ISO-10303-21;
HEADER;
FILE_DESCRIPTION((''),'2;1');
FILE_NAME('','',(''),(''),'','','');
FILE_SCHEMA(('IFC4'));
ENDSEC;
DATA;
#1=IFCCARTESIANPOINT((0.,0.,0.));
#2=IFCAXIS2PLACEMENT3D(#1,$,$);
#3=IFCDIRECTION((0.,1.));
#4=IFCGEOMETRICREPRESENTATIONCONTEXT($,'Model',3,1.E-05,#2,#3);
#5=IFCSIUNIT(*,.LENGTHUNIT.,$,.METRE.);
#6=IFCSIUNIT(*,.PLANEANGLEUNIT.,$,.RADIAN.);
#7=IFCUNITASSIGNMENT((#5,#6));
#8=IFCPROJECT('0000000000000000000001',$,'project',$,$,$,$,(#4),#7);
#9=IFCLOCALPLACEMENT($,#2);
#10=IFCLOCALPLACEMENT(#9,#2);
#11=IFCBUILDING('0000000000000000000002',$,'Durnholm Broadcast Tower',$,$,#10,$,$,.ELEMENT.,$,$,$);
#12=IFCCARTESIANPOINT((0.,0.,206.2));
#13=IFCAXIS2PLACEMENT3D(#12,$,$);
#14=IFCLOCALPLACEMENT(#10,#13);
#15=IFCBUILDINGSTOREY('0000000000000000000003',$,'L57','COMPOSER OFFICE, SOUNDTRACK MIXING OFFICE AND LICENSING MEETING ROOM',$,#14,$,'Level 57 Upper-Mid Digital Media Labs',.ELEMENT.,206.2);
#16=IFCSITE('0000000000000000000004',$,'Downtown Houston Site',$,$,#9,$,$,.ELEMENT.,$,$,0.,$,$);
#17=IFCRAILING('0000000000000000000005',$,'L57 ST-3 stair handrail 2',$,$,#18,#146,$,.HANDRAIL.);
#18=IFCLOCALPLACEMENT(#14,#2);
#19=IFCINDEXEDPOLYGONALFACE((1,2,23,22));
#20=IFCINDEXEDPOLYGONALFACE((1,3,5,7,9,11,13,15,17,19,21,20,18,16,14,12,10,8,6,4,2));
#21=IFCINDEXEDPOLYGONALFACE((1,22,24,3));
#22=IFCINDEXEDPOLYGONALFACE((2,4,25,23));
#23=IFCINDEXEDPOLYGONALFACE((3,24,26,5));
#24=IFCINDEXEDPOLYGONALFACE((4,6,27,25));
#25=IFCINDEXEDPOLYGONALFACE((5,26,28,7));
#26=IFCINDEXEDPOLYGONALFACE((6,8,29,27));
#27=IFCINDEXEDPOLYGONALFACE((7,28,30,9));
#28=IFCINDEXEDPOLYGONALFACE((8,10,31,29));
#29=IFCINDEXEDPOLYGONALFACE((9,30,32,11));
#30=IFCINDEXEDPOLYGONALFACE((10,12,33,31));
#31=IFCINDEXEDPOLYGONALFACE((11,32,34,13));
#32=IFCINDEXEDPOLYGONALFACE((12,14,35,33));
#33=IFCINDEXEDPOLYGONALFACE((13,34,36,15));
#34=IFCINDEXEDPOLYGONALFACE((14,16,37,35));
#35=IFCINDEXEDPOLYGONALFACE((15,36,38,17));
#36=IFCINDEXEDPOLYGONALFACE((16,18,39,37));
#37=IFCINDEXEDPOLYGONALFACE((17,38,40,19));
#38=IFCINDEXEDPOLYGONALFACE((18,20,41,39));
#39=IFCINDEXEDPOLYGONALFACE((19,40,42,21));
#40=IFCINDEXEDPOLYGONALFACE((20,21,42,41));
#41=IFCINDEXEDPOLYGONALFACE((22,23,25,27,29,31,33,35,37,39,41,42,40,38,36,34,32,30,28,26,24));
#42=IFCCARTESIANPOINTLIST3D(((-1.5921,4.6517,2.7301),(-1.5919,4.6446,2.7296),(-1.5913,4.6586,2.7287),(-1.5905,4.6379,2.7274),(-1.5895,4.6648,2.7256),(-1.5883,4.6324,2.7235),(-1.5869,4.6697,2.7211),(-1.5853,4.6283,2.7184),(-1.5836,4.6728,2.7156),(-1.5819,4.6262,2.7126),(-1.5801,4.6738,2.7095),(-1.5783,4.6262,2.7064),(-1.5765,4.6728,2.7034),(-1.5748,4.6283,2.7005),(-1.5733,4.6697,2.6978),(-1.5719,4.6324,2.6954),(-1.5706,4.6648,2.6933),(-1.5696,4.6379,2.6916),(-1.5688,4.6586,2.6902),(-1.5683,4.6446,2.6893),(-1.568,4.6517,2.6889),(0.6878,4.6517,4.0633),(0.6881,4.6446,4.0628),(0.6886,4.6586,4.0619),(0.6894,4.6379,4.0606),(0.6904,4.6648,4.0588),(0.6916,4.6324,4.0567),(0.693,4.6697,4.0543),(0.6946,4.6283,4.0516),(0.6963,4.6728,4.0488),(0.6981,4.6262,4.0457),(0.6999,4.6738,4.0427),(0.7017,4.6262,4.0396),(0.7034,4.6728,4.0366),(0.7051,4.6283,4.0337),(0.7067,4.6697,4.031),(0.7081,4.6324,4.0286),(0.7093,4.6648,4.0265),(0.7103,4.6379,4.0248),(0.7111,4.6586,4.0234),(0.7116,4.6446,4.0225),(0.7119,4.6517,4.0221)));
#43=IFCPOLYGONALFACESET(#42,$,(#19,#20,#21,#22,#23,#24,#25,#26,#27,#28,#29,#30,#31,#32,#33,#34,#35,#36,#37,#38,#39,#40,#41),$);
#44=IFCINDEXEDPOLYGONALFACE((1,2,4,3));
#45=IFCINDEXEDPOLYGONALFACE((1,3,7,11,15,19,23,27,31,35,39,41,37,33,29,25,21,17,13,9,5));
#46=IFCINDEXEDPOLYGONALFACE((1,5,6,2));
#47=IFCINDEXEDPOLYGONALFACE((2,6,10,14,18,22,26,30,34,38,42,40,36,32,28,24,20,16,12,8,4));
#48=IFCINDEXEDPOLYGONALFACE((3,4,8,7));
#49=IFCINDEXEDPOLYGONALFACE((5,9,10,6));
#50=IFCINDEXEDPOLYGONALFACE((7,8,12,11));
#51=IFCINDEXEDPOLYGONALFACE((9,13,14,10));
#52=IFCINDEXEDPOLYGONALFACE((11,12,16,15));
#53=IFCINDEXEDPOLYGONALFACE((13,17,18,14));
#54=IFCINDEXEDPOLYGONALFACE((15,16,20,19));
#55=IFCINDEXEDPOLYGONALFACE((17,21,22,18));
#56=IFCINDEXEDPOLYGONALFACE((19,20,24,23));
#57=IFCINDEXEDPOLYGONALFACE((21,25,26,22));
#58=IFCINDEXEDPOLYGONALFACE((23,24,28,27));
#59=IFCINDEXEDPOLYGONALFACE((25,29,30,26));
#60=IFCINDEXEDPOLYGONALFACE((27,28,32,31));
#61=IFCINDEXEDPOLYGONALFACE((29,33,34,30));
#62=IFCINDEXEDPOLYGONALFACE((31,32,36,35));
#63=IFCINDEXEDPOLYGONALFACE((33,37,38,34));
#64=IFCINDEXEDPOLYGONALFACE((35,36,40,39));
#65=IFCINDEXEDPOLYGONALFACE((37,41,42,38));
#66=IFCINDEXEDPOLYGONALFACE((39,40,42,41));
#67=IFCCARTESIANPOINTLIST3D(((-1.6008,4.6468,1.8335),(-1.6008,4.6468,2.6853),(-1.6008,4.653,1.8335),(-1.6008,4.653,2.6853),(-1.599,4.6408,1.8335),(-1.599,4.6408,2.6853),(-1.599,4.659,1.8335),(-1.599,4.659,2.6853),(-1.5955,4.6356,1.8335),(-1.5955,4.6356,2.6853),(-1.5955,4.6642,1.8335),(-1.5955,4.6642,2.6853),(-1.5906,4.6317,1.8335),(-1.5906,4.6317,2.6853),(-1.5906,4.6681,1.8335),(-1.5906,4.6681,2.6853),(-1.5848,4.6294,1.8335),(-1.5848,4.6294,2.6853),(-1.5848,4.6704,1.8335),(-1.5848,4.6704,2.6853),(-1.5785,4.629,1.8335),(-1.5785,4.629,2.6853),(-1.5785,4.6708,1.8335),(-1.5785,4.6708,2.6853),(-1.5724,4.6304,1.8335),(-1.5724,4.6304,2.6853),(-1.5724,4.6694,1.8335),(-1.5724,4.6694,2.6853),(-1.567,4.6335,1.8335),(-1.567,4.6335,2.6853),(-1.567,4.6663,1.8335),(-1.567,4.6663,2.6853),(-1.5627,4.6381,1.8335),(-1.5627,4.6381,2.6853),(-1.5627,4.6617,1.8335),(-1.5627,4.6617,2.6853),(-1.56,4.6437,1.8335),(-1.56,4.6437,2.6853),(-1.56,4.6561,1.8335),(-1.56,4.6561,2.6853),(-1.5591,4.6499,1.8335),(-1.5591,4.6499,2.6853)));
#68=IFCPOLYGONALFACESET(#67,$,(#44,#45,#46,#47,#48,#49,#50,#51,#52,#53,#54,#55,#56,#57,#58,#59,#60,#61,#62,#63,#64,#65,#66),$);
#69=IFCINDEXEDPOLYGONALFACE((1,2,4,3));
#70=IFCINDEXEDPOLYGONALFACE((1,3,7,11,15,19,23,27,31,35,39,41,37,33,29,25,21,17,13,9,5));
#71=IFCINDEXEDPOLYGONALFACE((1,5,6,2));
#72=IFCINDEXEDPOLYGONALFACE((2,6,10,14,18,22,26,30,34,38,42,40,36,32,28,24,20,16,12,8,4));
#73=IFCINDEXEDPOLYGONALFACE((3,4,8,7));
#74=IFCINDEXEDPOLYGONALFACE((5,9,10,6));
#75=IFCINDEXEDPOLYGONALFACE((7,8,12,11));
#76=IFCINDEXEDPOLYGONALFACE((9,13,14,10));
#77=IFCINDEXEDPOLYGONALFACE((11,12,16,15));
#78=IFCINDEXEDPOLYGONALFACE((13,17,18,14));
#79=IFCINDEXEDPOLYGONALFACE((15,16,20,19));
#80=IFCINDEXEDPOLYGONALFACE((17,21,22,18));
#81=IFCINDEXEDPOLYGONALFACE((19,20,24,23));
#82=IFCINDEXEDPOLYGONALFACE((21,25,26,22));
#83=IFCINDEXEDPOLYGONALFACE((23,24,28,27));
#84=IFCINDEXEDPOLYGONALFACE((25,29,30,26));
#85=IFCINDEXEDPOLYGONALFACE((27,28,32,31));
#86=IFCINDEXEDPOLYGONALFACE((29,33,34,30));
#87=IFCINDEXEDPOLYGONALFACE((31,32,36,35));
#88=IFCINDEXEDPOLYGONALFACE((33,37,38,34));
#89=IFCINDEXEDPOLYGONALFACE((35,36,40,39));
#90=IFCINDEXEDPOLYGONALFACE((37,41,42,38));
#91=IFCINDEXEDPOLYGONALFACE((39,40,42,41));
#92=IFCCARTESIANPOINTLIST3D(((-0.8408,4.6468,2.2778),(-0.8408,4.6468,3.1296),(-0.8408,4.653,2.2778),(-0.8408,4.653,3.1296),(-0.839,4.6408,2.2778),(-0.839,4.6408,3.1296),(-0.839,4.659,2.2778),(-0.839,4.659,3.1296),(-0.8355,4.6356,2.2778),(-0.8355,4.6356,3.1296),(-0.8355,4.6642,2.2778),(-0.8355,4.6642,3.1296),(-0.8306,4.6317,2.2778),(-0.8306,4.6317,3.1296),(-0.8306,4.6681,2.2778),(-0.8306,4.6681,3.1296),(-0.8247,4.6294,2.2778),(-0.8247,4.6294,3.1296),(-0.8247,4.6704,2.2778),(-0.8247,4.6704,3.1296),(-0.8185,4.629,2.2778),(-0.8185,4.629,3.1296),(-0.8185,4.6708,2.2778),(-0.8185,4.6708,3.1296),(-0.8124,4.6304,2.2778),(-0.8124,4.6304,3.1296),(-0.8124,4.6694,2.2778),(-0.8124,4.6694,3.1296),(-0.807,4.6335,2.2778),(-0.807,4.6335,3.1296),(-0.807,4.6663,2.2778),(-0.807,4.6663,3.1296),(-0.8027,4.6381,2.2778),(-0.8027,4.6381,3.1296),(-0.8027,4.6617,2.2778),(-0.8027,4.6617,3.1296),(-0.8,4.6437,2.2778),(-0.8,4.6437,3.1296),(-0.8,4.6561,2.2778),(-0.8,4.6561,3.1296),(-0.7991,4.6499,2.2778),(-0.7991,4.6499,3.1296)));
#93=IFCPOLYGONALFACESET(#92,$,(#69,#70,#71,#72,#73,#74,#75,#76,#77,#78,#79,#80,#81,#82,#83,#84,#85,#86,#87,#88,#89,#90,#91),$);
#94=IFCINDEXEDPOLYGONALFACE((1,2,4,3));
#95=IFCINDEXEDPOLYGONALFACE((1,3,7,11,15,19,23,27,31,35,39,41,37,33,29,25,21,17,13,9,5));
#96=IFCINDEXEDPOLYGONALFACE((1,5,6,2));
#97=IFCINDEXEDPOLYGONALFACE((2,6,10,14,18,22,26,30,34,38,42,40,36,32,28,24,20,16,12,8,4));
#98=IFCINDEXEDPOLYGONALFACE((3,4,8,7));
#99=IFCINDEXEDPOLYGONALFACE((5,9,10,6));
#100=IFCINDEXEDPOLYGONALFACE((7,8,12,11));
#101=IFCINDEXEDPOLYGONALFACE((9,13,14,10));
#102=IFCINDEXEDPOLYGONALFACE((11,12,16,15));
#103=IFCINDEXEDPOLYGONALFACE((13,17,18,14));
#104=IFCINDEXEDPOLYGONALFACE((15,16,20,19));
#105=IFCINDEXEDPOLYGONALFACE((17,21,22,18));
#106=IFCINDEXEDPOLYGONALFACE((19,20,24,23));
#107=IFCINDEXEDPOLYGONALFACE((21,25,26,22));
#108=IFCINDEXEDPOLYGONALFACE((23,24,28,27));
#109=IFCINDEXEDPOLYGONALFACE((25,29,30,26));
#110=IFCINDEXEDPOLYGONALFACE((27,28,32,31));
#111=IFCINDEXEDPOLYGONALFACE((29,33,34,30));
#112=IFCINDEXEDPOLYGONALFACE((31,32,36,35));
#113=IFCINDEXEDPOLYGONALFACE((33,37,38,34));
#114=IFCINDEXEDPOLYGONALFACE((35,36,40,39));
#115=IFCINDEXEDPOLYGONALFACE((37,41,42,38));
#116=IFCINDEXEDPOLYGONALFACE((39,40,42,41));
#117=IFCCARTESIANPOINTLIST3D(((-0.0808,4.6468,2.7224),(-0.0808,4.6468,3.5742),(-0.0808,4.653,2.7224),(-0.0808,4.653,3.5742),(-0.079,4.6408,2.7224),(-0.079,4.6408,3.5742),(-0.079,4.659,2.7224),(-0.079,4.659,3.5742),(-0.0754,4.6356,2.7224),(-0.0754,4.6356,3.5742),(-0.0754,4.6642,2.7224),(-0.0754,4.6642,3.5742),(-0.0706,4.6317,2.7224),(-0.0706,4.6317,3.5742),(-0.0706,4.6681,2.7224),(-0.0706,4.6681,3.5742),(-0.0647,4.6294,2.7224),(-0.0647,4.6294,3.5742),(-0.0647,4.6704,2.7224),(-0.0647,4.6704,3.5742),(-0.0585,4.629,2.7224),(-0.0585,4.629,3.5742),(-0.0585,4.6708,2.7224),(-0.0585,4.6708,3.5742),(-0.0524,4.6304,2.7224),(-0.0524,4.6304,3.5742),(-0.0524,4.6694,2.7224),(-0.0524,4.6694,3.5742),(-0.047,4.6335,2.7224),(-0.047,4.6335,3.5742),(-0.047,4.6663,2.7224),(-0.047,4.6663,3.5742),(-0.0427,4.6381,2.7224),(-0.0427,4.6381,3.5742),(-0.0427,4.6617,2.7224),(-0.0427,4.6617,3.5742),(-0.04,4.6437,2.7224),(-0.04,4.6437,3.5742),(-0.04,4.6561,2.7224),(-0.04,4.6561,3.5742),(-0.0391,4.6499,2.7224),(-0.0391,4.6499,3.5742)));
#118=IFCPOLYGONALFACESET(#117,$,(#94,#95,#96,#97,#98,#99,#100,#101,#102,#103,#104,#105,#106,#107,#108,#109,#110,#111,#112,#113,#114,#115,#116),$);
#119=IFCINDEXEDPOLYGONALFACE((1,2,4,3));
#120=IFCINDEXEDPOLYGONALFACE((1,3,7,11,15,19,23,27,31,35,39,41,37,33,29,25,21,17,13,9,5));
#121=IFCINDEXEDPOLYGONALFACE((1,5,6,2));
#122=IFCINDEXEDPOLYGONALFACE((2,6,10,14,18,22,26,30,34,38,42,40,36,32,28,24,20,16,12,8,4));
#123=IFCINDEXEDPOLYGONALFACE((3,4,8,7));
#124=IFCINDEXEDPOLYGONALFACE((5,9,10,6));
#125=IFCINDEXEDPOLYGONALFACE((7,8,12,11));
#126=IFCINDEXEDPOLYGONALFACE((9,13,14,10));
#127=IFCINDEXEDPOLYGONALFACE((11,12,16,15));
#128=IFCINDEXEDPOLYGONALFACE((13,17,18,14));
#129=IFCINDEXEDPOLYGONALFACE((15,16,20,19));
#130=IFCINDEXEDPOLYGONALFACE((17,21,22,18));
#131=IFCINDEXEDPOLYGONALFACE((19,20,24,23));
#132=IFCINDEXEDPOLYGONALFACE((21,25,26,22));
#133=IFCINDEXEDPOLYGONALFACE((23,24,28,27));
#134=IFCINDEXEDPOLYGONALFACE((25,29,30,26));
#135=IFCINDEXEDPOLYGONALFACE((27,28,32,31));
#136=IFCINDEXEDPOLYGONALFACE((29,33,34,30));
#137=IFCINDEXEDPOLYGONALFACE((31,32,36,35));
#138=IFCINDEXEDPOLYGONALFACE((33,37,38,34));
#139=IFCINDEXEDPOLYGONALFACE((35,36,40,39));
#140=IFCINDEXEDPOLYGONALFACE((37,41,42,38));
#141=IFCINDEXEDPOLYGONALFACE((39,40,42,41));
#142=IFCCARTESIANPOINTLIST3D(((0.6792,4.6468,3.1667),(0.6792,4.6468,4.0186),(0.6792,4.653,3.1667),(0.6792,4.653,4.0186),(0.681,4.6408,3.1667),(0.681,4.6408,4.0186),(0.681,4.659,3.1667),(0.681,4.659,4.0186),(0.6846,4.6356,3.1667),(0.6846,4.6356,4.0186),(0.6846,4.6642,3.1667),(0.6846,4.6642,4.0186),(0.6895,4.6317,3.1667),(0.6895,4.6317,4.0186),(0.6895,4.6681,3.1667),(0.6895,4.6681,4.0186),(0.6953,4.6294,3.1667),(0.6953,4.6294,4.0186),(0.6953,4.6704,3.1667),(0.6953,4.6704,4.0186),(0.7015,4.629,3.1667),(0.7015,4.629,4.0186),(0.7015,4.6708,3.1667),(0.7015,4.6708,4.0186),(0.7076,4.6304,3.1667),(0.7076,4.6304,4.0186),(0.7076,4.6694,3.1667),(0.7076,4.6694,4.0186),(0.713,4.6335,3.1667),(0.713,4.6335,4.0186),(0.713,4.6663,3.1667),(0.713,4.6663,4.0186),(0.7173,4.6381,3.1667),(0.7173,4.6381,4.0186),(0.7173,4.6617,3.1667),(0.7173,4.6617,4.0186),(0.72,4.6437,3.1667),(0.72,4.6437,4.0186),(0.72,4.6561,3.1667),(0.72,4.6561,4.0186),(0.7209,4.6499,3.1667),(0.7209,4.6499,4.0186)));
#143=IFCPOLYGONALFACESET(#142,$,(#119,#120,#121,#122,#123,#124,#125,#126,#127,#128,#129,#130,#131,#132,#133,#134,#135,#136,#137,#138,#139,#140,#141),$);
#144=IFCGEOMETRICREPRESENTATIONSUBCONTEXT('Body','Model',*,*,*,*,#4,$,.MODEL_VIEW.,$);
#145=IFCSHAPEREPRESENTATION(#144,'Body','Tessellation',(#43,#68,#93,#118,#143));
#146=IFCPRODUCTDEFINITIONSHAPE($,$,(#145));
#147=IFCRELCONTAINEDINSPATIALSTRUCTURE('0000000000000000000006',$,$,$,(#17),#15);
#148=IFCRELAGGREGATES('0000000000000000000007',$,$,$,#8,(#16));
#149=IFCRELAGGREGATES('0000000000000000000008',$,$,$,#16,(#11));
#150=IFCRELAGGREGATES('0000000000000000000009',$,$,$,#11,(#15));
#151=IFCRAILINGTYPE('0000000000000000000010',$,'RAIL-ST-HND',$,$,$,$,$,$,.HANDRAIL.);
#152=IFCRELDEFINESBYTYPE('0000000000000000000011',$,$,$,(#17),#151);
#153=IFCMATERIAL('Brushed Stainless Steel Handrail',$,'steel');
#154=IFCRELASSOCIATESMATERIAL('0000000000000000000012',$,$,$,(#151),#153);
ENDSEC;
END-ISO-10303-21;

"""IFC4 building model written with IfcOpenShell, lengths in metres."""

from ifc_helpers import new_model, si_unit, direction, frame, origin, origin_2d, place, context, subcontext, project, spatial, circle, extrude, material, type_object, element, save


model = new_model("IFC4")

# Units and contexts
model_context = context("Model", 3, precision=1e-05, world=origin(), true_north=direction((0.0, 1.0)))
body_context = subcontext(model_context, "Body", "Model", "MODEL_VIEW")
ifc_project = project(units=[si_unit("LENGTHUNIT", "METRE"), si_unit("PLANEANGLEUNIT", "RADIAN")], contexts=[model_context])

# Site, building, storey
site_placement = place(None, origin())
site = spatial("IfcSite", under=ifc_project, at=site_placement, Name="Downtown Houston Site", CompositionType="ELEMENT", RefElevation=0.0)
building_placement = place(site_placement, origin())
building = spatial("IfcBuilding", under=site, at=building_placement, Name="Durnholm Broadcast Tower", CompositionType="ELEMENT")
storey_placement = place(building_placement, frame((0.0, 0.0, 206.2)))
storey = spatial("IfcBuildingStorey", under=building, at=storey_placement, Name="L57", Description="COMPOSER OFFICE, SOUNDTRACK MIXING OFFICE AND LICENSING MEETING ROOM", LongName="Level 57 Upper-Mid Digital Media Labs", CompositionType="ELEMENT", Elevation=206.2)

# Railing
ifc_material_1 = material(Name="Brushed Stainless Steel Handrail", Category="steel")
railing_type_1 = type_object("IfcRailingType", Name="RAIL-ST-HND", PredefinedType="HANDRAIL", material=ifc_material_1)
railing_1_placement = place(storey_placement, frame((-1.5801, 4.6499, 1.8335)))
element("IfcRailing", 1, at=railing_1_placement, inside=storey, type_object=railing_type_1, Name="L57 ST-3 stair handrail 2", PredefinedType="HANDRAIL", context=body_context, shape_type="SweptSolid", body=[
    extrude(circle(Radius=0.0239, at=origin_2d()), frame((0.0, 0.0, 0.876), z_axis=(0.863245, 0.0, 0.504785), x_axis=(0.0, 1.0, 0.0)), (0.0, 0.0, 1.0), 2.6411),
    extrude(circle(Radius=0.021, at=origin_2d()), origin(), (0.0, 0.0, 1.0), 0.8518),
    extrude(circle(Radius=0.021, at=origin_2d()), frame((0.76, 0.0, 0.4443)), (0.0, 0.0, 1.0), 0.8518),
    extrude(circle(Radius=0.021, at=origin_2d()), frame((1.52, 0.0, 0.8889)), (0.0, 0.0, 1.0), 0.8518),
    extrude(circle(Radius=0.021, at=origin_2d()), frame((2.28, 0.0, 1.3333)), (0.0, 0.0, 1.0), 0.8518),
])

save(model, "model.ifc")
